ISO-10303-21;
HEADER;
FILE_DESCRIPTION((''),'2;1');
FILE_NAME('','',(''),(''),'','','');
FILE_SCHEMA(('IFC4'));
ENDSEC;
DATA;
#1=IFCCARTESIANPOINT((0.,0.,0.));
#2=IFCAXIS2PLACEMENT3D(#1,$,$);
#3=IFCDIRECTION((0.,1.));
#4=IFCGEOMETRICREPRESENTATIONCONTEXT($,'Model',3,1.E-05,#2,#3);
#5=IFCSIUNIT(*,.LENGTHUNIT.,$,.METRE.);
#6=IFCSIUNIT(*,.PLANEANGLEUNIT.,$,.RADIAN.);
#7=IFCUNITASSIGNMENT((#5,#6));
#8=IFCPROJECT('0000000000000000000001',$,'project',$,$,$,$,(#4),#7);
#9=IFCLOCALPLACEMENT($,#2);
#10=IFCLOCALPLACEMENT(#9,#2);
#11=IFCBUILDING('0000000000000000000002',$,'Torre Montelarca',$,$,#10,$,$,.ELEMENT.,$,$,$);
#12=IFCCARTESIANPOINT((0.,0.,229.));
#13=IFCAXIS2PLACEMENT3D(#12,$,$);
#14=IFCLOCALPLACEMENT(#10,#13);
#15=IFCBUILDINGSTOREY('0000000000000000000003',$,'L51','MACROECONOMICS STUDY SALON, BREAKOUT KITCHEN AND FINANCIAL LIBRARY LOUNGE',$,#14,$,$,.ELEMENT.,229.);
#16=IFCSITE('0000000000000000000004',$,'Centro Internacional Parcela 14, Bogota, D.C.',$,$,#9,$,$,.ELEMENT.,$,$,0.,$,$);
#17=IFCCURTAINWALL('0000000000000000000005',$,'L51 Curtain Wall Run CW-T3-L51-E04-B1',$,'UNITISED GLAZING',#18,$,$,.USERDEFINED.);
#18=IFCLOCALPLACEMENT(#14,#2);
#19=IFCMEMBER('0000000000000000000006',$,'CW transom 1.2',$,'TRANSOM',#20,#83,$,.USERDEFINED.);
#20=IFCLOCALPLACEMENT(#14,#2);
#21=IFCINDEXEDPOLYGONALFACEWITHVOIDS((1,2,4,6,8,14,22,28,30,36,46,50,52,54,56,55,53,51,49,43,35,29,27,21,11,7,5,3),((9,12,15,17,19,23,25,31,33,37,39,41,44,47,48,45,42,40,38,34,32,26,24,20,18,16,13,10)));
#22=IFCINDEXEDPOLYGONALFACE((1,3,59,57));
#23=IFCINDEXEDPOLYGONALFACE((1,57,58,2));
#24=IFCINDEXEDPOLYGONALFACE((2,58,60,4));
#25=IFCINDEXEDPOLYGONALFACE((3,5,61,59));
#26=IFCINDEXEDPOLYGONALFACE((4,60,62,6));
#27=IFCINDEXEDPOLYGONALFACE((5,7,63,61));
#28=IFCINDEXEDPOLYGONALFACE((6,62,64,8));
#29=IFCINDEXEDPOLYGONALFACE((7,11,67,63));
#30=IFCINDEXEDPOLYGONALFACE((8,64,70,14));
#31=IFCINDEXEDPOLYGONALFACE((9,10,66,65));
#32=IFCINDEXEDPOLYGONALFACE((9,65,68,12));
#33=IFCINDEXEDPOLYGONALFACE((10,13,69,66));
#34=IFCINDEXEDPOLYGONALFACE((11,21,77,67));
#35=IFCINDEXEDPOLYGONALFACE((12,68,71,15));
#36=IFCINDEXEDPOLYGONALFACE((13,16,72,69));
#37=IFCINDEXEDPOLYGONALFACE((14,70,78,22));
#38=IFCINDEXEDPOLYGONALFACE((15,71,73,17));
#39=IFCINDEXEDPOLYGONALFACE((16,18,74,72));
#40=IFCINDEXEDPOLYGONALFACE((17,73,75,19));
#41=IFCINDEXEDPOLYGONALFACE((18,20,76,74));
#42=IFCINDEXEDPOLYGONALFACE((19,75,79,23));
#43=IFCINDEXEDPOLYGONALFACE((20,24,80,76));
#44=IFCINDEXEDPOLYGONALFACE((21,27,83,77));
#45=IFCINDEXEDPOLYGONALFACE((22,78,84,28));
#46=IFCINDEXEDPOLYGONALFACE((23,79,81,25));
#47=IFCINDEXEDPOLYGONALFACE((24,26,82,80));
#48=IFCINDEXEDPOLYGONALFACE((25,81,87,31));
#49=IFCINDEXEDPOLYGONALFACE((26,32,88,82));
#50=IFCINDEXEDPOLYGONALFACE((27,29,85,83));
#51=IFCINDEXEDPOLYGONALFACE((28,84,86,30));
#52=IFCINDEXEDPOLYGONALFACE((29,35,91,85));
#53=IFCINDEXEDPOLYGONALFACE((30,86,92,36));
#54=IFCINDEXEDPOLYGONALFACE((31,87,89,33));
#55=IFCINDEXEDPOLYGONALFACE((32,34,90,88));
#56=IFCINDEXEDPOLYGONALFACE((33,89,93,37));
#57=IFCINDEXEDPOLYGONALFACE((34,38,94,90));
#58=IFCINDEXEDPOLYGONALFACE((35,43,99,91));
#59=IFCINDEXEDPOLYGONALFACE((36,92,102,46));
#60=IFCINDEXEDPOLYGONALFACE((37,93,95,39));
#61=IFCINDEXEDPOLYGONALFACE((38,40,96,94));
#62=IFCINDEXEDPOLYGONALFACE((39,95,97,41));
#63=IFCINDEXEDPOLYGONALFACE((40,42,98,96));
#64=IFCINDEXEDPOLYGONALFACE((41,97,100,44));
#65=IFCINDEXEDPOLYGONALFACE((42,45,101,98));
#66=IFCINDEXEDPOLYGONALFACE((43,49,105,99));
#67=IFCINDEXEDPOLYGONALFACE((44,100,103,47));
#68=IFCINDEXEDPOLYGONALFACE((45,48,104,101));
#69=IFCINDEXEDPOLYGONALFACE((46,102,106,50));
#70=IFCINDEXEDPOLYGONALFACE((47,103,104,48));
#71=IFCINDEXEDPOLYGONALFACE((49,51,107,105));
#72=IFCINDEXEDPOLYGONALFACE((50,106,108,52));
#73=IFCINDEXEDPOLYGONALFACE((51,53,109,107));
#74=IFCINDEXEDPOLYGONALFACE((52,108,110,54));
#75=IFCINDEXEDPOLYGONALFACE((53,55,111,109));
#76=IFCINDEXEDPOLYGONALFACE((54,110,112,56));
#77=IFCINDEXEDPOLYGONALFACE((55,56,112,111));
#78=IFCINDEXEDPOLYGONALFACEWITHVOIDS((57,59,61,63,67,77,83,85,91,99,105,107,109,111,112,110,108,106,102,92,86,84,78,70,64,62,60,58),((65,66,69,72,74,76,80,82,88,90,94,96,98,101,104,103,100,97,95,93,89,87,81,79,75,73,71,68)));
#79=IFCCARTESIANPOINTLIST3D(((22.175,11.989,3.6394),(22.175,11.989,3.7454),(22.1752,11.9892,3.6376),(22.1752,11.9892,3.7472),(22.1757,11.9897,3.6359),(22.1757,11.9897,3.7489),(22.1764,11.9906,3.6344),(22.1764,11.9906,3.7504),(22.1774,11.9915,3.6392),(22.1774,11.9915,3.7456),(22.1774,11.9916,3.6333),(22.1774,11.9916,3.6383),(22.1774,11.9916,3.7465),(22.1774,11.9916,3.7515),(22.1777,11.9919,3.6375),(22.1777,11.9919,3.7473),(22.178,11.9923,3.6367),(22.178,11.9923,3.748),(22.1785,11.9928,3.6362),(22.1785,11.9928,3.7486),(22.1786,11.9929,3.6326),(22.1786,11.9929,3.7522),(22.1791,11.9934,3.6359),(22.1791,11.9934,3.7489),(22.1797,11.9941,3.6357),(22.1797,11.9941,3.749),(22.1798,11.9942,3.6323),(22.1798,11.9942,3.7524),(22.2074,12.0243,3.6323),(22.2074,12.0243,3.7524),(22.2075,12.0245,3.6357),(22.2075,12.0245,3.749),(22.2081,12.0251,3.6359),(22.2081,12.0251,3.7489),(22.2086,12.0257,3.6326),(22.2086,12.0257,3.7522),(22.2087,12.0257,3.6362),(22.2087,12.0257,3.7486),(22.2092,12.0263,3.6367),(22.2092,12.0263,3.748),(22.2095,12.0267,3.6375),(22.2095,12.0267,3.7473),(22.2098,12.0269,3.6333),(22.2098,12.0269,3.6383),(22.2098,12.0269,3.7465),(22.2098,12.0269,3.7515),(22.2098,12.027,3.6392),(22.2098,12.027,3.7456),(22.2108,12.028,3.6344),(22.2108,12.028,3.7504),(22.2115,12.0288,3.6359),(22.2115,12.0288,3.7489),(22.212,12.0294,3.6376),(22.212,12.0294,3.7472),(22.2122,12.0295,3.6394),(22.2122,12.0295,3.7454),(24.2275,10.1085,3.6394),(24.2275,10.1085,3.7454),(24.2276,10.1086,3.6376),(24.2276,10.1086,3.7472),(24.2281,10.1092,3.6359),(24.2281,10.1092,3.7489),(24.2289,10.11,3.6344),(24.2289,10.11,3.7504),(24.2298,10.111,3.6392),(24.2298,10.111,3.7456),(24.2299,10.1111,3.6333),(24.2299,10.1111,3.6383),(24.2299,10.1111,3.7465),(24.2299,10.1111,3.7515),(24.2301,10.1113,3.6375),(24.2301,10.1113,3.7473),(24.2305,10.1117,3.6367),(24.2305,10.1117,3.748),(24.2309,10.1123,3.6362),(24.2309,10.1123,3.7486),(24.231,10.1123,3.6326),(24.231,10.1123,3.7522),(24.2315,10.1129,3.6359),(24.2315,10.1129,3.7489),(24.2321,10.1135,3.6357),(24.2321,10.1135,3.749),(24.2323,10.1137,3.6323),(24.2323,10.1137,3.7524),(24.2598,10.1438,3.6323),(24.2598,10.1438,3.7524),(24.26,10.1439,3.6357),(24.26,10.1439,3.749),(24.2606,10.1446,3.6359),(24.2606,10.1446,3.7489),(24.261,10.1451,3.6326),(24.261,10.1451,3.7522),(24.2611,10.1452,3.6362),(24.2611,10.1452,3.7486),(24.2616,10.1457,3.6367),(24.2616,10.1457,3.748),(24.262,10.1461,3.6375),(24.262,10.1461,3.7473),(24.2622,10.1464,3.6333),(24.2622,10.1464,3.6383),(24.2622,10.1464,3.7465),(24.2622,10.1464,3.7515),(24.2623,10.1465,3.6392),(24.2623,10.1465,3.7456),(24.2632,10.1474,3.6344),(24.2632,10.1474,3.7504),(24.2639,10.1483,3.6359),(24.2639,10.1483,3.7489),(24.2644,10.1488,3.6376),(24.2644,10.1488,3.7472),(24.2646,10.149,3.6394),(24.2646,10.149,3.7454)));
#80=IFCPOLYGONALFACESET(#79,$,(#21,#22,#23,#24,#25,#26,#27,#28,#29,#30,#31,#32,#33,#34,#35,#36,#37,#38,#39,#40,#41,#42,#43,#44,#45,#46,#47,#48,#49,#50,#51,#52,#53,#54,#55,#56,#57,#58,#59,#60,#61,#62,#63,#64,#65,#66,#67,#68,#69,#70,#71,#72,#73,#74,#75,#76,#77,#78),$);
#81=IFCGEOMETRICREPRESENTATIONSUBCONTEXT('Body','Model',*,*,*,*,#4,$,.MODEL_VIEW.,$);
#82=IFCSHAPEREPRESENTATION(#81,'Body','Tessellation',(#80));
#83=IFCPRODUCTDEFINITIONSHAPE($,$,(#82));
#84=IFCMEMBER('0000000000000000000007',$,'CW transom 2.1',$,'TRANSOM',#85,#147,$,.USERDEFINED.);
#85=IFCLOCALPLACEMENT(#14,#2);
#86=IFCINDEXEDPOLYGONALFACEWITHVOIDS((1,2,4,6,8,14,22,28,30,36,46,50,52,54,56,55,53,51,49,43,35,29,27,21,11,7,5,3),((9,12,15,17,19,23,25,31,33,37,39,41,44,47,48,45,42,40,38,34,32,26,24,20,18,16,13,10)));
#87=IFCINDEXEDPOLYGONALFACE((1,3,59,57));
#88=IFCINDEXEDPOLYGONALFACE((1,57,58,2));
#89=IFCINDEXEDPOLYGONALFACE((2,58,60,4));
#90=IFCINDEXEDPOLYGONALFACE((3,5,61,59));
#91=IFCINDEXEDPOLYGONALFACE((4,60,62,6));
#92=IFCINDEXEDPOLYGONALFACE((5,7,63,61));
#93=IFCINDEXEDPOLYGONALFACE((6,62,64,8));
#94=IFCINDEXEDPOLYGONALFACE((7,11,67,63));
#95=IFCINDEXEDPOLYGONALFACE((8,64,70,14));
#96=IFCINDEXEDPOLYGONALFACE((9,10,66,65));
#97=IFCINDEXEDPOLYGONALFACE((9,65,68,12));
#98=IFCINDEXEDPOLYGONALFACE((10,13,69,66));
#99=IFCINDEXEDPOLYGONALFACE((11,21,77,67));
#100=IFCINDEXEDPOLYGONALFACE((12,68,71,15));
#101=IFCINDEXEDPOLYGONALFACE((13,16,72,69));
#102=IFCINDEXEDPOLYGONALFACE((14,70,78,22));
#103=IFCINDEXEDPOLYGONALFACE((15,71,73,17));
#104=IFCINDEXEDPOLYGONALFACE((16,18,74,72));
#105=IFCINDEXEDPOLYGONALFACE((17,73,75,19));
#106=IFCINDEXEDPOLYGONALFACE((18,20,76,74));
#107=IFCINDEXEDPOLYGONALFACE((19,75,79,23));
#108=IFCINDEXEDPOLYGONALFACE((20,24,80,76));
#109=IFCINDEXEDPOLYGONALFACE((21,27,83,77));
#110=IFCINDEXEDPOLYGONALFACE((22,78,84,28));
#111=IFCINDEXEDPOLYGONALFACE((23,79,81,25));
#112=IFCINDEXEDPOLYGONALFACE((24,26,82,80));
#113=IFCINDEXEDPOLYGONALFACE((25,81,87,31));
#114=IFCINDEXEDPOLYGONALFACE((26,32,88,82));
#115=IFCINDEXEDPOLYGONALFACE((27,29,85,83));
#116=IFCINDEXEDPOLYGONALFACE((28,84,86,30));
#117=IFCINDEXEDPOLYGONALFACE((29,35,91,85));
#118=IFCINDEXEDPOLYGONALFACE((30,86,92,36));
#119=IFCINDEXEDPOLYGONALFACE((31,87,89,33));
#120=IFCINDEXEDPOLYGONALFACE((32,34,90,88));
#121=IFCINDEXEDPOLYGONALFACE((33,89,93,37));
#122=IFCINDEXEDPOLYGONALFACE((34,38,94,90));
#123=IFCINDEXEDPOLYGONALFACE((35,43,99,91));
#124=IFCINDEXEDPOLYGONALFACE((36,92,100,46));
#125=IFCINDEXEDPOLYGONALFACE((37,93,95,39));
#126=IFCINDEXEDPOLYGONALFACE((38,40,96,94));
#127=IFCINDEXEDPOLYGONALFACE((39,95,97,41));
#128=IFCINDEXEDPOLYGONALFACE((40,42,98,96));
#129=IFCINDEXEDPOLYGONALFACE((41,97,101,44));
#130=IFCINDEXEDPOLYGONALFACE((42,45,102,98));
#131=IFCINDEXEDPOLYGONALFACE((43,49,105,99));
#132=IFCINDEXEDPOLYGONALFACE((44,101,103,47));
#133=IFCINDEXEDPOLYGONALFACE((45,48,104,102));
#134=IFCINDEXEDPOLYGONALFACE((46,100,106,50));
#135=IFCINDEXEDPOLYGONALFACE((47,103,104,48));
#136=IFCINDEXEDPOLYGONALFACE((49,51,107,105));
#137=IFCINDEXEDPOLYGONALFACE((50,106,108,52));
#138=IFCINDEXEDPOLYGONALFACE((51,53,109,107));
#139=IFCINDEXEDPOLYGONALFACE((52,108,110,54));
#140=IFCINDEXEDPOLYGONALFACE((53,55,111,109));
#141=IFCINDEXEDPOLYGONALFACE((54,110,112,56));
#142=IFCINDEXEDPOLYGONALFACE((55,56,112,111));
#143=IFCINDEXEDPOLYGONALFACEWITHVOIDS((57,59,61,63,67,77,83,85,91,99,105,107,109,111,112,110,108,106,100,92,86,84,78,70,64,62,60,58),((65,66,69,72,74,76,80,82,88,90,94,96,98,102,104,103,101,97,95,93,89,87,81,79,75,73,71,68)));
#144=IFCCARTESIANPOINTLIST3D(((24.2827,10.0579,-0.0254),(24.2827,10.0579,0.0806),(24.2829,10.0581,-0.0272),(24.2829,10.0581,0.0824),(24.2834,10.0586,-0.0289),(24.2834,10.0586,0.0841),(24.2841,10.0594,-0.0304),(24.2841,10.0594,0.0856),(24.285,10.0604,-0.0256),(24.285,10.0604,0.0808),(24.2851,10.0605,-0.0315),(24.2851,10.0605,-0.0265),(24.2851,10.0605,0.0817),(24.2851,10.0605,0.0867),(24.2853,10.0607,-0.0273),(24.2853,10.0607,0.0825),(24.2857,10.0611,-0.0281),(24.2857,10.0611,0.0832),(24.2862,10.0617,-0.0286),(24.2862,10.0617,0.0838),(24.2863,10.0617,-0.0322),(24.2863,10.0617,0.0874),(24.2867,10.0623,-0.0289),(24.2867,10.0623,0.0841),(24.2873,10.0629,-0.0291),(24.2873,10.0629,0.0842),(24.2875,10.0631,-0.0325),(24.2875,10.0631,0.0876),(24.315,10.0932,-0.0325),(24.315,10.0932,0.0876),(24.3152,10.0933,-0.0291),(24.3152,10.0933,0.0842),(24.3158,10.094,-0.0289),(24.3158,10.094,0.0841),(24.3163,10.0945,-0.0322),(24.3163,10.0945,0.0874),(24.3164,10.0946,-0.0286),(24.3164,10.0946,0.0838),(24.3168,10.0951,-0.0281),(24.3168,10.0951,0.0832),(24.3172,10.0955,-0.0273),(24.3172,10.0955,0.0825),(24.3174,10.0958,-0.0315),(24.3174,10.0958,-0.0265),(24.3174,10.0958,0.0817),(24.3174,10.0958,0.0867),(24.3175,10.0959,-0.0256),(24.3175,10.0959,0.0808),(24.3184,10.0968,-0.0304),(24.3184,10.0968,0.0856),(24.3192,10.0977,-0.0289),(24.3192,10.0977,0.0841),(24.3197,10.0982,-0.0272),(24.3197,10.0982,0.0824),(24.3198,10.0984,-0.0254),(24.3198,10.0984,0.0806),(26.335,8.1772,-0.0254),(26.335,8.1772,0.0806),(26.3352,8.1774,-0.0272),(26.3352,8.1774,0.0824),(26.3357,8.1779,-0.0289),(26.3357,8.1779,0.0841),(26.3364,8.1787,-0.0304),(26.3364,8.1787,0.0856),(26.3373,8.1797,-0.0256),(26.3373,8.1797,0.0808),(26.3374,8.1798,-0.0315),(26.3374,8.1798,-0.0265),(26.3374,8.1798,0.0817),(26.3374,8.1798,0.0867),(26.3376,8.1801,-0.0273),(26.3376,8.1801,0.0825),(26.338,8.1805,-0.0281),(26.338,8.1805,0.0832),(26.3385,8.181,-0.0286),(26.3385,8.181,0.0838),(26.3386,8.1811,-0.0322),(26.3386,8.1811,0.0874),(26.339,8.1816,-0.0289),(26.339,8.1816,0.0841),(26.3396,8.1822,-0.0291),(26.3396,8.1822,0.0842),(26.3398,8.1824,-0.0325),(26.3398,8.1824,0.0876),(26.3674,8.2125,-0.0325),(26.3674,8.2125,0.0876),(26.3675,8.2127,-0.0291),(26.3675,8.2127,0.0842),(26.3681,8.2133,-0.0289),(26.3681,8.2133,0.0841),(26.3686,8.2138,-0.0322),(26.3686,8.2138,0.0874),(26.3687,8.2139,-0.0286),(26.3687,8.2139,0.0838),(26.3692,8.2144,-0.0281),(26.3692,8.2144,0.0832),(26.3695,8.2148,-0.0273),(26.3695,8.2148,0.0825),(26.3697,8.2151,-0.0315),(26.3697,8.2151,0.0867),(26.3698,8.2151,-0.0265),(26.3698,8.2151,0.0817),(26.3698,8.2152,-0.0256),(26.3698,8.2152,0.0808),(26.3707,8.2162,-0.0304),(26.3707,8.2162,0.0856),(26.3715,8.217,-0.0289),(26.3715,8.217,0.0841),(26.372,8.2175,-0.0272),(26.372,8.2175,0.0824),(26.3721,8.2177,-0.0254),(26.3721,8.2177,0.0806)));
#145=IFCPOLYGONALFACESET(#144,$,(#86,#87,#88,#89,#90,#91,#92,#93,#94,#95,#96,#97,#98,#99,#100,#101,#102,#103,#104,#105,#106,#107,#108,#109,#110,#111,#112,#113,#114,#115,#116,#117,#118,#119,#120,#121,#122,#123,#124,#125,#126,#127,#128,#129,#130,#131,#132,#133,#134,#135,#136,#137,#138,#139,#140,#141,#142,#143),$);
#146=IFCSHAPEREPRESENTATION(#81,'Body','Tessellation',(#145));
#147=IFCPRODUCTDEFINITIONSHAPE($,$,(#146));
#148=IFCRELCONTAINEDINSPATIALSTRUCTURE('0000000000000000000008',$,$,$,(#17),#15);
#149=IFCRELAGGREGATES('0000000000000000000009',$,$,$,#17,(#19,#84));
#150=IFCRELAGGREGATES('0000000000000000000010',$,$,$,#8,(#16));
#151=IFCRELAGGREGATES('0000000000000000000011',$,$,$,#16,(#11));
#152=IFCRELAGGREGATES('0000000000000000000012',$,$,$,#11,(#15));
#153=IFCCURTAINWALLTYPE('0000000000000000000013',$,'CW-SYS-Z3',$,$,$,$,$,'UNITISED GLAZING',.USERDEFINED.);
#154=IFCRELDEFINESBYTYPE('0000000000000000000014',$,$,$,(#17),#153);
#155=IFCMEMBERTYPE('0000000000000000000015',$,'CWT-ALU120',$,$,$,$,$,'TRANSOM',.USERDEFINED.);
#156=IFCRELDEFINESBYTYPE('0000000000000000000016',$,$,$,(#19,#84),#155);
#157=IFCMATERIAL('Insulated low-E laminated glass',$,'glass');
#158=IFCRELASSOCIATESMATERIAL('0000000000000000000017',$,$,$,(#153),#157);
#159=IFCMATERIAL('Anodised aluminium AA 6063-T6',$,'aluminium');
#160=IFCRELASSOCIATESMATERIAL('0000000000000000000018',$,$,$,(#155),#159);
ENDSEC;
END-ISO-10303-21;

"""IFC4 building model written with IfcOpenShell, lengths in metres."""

from ifc_helpers import new_model, si_unit, direction, frame, origin, origin_2d, place, context, subcontext, project, spatial, hollow_rectangle, extrude, source, transform, mapped, material, material_profile, profile_set, type_object, element, aggregate, save


model = new_model("IFC4")

# Units and contexts
model_context = context("Model", 3, precision=1e-05, world=origin(), true_north=direction((0.0, 1.0)))
body_context = subcontext(model_context, "Body", "Model", "MODEL_VIEW")
ifc_project = project(units=[si_unit("LENGTHUNIT", "METRE"), si_unit("PLANEANGLEUNIT", "RADIAN")], contexts=[model_context])

# Site, building, storey
site_placement = place(None, origin())
site = spatial("IfcSite", under=ifc_project, at=site_placement, Name="Centro Internacional Parcela 14, Bogota, D.C.", CompositionType="ELEMENT", RefElevation=0.0)
building_placement = place(site_placement, origin())
building = spatial("IfcBuilding", under=site, at=building_placement, Name="Torre Montelarca", CompositionType="ELEMENT")
storey_placement = place(building_placement, frame((0.0, 0.0, 229.0)))
storey = spatial("IfcBuildingStorey", under=building, at=storey_placement, Name="L51", Description="MACROECONOMICS STUDY SALON, BREAKOUT KITCHEN AND FINANCIAL LIBRARY LOUNGE", CompositionType="ELEMENT", Elevation=229.0)

# Shared definitions
ifc_material_1 = material(Name="Insulated low-E laminated glass", Category="glass")
curtain_wall_type = type_object("IfcCurtainWallType", Name="CW-SYS-Z3", ElementType="UNITISED GLAZING", PredefinedType="USERDEFINED", material=ifc_material_1)
ifc_material_2 = material(Name="Anodised aluminium AA 6063-T6", Category="aluminium")
ifc_material_profile_1 = material_profile(ifc_material_2, hollow_rectangle(XDim=0.0549, YDim=0.1201, WallThickness=0.0034, InnerFilletRadius=0.0034, OuterFilletRadius=0.0071, at=origin_2d()), Name="ALU55X120X3.5", Category="aluminium")
ifc_profile_set_1 = profile_set([ifc_material_profile_1], Name="Anodised aluminium AA 6063-T6")
member_type_1 = type_object("IfcMemberType", Name="CWT-ALU120", ElementType="TRANSOM", PredefinedType="USERDEFINED", material=ifc_profile_set_1)

# Curtain wall
curtain_wall_1_placement = place(storey_placement, origin())
curtain_wall_1 = element("IfcCurtainWall", 1, at=curtain_wall_1_placement, inside=storey, type_object=curtain_wall_type, Name="L51 Curtain Wall Run CW-T3-L51-E04-B1", ObjectType="UNITISED GLAZING", PredefinedType="USERDEFINED")

# Members
shared_shape_1 = source(origin(), body_context, "Body", "SweptSolid", [
    extrude(hollow_rectangle(XDim=0.0549, YDim=0.1201, WallThickness=0.0034, InnerFilletRadius=0.0034, OuterFilletRadius=0.0071, at=origin_2d()), origin(), (0.0, 0.0, 1.0), 2.7837),
])
member_1_placement = place(storey_placement, frame((22.1936, 12.0093, 3.6924), z_axis=(0.737303, -0.675562, 0.0), x_axis=(0.675562, 0.737303, 0.0)))
member_1 = element("IfcMember", 2, at=member_1_placement, type_object=member_type_1, Name="CW transom 1.2", ObjectType="TRANSOM", PredefinedType="USERDEFINED", context=body_context, shape_type="MappedRepresentation", body=[
    mapped(shared_shape_1, transform((0.0, 0.0, 0.0), scale=1.0)),
])
member_2_placement = place(storey_placement, frame((24.3013, 10.0781, 0.0276), z_axis=(0.737263, -0.675605, 0.0), x_axis=(0.675605, 0.737263, 0.0)))
member_2 = element("IfcMember", 3, at=member_2_placement, type_object=member_type_1, Name="CW transom 2.1", ObjectType="TRANSOM", PredefinedType="USERDEFINED", context=body_context, shape_type="MappedRepresentation", body=[
    mapped(shared_shape_1, transform((0.0, 0.0, 0.0), scale=1.0)),
])

aggregate(curtain_wall_1, [member_1, member_2])

save(model, "model.ifc")
